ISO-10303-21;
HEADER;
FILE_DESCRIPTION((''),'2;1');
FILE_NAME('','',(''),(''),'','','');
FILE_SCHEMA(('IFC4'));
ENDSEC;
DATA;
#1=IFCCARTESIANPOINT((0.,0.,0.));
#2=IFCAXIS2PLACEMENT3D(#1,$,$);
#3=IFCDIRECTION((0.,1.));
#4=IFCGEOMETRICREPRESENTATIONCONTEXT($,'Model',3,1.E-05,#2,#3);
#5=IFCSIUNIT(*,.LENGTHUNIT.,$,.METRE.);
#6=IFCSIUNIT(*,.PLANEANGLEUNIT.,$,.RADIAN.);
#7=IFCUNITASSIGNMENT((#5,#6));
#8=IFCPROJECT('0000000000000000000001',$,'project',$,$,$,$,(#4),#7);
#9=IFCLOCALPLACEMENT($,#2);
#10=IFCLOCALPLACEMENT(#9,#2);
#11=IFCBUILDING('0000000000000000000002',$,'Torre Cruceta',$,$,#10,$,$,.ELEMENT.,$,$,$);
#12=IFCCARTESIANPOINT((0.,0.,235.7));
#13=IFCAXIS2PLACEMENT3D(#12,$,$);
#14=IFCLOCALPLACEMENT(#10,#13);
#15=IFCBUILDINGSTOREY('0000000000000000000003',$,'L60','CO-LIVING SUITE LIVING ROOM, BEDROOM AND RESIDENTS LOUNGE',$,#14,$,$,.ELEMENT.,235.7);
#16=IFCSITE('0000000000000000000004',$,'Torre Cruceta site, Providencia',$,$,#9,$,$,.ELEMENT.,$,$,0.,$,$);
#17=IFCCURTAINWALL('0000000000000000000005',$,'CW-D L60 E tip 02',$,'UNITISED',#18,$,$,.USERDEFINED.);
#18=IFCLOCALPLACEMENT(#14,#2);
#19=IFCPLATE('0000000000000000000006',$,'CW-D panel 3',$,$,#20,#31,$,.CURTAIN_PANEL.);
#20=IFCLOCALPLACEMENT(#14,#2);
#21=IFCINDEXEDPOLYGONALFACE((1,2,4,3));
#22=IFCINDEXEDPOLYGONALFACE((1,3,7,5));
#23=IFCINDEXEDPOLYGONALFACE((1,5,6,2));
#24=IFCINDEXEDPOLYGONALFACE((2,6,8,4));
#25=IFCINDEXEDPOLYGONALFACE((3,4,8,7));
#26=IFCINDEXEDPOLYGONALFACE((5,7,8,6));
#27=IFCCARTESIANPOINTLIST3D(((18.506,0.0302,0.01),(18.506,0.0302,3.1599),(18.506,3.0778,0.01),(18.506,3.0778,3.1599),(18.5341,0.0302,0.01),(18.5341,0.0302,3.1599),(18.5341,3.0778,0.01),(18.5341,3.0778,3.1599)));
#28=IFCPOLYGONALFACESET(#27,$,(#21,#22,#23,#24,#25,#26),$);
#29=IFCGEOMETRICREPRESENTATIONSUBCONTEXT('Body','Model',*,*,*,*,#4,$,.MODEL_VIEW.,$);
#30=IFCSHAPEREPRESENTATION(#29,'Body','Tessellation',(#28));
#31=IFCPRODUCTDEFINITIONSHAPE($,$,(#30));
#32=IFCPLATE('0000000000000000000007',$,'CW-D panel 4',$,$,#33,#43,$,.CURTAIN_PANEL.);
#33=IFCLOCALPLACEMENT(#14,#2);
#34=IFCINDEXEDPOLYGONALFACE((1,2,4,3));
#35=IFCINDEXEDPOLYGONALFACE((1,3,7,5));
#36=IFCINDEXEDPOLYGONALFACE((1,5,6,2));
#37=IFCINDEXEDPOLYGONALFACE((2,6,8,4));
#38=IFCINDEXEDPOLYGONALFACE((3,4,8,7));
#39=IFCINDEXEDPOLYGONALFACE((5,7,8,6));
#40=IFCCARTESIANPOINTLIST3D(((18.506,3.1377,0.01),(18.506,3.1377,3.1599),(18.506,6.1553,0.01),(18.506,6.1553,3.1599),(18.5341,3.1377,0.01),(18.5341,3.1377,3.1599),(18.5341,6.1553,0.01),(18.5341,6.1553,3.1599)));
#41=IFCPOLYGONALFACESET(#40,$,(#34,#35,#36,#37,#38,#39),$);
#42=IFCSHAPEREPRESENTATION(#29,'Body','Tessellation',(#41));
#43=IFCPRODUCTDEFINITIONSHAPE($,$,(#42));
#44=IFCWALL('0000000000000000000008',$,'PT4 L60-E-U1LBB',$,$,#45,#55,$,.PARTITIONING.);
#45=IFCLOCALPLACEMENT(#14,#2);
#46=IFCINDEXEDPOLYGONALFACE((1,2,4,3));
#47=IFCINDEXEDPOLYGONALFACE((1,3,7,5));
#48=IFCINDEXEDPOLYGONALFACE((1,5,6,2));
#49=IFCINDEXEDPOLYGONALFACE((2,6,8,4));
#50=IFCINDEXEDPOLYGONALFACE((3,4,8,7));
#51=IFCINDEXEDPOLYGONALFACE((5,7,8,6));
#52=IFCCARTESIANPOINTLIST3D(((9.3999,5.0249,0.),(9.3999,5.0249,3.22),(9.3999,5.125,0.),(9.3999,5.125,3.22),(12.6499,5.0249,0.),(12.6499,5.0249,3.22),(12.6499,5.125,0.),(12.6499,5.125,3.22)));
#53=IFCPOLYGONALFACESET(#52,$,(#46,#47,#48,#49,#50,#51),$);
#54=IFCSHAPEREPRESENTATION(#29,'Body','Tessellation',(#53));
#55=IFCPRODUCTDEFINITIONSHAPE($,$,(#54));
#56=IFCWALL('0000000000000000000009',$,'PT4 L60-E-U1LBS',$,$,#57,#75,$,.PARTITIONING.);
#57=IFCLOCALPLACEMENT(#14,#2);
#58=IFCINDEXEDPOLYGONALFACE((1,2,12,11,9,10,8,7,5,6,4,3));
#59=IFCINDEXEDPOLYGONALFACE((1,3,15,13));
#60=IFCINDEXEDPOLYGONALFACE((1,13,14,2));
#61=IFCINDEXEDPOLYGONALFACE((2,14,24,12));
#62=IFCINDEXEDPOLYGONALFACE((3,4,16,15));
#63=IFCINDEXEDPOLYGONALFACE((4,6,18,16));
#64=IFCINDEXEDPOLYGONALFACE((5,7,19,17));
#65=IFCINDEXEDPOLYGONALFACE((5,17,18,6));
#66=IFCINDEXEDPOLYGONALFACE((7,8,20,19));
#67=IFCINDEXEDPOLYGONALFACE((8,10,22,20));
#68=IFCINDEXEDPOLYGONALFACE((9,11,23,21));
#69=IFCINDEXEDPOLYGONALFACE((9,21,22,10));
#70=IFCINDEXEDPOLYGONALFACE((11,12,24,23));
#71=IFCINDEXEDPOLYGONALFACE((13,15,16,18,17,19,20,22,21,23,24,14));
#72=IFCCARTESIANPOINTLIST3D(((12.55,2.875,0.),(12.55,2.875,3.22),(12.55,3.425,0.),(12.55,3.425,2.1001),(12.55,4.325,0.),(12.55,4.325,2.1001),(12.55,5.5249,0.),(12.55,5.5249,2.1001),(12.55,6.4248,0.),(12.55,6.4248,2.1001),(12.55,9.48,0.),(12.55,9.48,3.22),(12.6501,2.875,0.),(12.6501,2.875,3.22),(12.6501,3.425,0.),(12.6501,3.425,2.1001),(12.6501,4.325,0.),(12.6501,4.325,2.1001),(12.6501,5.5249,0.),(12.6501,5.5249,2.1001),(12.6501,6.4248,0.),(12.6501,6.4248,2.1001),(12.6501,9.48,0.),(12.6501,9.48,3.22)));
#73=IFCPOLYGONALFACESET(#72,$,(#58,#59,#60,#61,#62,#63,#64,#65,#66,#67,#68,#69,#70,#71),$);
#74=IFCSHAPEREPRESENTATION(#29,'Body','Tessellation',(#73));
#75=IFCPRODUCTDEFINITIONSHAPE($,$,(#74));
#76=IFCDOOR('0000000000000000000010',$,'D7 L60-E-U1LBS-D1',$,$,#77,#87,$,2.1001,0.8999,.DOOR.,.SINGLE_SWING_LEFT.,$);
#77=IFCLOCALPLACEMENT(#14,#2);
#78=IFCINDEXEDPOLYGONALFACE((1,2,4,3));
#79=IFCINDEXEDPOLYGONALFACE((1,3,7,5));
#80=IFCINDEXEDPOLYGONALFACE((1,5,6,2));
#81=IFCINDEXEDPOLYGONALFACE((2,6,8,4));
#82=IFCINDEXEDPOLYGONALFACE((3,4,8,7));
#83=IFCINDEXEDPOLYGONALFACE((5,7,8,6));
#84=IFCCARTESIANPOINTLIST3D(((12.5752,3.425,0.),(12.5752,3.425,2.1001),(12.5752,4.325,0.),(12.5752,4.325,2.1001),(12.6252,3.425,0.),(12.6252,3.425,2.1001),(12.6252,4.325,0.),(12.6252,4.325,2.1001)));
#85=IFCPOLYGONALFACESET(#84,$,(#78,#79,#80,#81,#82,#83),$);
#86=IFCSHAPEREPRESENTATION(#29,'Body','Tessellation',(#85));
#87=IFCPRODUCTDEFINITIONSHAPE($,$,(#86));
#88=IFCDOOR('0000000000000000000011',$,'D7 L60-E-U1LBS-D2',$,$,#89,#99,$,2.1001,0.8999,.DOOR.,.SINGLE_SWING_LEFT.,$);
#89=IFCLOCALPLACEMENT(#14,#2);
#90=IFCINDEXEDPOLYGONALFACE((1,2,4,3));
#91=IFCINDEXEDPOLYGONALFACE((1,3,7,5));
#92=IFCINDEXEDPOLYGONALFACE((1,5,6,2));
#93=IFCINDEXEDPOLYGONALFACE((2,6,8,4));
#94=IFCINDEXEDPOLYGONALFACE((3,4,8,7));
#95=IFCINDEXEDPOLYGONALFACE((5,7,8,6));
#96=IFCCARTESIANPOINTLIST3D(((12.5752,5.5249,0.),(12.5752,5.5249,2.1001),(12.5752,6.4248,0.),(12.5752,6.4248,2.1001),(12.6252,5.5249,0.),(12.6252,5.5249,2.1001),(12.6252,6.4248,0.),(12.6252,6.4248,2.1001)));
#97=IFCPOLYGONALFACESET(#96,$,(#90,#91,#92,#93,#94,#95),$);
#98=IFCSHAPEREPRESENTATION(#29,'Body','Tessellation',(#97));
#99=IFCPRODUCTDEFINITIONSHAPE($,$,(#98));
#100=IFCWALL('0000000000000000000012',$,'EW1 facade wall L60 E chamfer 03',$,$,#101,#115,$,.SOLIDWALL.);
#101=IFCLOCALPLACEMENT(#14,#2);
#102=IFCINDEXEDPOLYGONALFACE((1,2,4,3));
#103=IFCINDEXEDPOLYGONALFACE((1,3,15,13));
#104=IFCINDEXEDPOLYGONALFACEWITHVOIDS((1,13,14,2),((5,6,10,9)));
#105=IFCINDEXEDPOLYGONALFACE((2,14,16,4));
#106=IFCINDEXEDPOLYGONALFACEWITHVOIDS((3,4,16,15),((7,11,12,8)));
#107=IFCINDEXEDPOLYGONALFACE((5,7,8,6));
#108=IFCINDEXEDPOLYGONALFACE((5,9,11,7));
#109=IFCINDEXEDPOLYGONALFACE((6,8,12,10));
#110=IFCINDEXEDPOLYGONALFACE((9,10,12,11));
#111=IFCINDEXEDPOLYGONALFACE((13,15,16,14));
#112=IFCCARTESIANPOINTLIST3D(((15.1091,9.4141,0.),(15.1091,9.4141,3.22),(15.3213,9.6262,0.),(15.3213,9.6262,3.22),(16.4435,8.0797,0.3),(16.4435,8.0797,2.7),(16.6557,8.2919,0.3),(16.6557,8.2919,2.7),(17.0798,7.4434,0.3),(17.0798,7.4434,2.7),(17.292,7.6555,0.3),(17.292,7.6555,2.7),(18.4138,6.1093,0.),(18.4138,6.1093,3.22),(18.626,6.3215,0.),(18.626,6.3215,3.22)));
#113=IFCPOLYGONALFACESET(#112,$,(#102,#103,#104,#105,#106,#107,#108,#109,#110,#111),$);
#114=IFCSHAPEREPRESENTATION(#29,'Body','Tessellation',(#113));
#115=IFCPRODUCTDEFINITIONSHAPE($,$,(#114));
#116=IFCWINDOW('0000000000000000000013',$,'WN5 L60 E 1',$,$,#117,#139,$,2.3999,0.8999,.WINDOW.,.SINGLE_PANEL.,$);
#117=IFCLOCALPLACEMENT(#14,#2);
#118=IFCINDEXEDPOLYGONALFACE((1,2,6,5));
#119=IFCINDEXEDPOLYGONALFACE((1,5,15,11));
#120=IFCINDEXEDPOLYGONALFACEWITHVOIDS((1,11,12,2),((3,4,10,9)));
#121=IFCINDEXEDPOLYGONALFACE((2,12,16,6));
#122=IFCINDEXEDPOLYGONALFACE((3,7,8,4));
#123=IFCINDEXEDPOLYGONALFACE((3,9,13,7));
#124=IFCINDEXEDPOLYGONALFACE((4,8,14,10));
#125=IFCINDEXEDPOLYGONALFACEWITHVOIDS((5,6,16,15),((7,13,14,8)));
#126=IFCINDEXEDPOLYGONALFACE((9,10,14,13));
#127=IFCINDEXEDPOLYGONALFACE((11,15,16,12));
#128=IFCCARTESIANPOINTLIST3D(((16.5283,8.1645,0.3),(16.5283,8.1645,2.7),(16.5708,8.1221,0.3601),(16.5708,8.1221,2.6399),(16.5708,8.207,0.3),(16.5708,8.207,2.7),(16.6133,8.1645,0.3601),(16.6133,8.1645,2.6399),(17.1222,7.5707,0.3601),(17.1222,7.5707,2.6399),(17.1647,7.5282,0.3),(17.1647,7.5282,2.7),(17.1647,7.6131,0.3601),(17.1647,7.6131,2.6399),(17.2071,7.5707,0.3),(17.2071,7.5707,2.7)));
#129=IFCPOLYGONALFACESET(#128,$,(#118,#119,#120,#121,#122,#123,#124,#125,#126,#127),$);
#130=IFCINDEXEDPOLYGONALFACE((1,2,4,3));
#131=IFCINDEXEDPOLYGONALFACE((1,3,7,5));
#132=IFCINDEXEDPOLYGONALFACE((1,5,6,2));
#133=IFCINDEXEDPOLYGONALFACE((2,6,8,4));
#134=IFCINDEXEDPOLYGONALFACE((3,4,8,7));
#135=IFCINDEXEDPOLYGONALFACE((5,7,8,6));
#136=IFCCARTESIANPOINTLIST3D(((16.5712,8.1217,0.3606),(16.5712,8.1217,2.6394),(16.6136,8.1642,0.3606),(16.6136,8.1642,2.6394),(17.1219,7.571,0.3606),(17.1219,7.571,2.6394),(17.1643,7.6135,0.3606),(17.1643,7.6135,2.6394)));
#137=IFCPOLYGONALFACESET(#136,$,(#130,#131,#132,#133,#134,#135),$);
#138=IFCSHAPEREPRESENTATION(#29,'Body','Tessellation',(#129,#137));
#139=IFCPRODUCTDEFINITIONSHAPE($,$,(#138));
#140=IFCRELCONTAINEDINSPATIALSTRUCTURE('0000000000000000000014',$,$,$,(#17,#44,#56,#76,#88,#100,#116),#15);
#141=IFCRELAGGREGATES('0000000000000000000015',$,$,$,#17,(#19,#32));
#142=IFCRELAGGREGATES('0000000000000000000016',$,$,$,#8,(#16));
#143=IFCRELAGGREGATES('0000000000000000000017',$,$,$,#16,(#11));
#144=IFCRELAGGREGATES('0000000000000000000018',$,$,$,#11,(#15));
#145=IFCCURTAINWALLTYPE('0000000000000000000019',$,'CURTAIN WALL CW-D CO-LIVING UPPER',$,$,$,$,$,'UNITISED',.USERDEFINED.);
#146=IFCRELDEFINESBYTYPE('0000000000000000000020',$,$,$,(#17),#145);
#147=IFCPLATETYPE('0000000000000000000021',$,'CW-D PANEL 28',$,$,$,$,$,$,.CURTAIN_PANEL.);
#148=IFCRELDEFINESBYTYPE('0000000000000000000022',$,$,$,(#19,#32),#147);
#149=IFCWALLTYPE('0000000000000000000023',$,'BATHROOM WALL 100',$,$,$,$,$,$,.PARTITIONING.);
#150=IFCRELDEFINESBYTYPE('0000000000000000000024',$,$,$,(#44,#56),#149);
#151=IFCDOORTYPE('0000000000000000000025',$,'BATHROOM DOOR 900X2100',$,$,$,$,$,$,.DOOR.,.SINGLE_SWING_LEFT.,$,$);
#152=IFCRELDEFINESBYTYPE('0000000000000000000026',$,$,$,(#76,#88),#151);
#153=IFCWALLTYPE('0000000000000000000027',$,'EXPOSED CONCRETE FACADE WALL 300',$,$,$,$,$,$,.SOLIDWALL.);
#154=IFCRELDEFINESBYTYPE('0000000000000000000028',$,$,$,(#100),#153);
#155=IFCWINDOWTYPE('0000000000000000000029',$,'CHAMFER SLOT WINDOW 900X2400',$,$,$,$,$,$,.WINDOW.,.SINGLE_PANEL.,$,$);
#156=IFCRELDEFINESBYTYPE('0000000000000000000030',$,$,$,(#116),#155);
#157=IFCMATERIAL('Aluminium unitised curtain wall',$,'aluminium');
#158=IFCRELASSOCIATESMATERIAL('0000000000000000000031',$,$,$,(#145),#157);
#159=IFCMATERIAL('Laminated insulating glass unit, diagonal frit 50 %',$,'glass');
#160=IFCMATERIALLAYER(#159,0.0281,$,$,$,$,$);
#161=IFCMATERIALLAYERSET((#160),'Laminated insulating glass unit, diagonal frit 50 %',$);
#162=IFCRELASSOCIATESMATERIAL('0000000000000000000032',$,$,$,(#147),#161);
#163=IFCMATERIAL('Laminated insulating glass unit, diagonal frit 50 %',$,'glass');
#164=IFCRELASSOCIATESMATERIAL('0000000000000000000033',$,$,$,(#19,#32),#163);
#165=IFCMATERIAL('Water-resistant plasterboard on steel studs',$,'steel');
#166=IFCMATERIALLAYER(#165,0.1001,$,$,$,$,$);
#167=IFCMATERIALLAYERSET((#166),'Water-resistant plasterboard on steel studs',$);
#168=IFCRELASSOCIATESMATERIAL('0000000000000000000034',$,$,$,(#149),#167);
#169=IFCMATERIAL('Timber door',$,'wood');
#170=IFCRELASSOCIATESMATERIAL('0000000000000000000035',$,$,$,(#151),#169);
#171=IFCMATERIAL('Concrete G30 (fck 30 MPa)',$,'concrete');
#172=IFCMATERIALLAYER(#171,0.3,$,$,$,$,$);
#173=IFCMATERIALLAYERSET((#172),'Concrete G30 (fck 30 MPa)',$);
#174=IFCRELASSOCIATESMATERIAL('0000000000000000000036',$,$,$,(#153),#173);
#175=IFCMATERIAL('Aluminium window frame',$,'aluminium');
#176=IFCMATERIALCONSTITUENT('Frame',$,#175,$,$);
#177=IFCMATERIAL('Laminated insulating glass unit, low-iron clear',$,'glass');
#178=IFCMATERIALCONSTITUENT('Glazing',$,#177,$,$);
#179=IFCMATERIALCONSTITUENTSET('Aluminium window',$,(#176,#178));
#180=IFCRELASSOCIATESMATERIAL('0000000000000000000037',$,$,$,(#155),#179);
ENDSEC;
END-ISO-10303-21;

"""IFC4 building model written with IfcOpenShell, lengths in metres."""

from ifc_helpers import new_model, si_unit, direction, frame, frame_2d, origin, origin_2d, place, context, subcontext, project, spatial, rectangle, hollow_rectangle, extrude, material, layer, layer_set, constituent, constituent_set, type_object, element, fill, aggregate, save


model = new_model("IFC4")

# Units and contexts
model_context = context("Model", 3, precision=1e-05, world=origin(), true_north=direction((0.0, 1.0)))
body_context = subcontext(model_context, "Body", "Model", "MODEL_VIEW")
ifc_project = project(units=[si_unit("LENGTHUNIT", "METRE"), si_unit("PLANEANGLEUNIT", "RADIAN")], contexts=[model_context])

# Site, building, storey
site_placement = place(None, origin())
site = spatial("IfcSite", under=ifc_project, at=site_placement, Name="Torre Cruceta site, Providencia", CompositionType="ELEMENT", RefElevation=0.0)
building_placement = place(site_placement, origin())
building = spatial("IfcBuilding", under=site, at=building_placement, Name="Torre Cruceta", CompositionType="ELEMENT")
storey_placement = place(building_placement, frame((0.0, 0.0, 235.7)))
storey = spatial("IfcBuildingStorey", under=building, at=storey_placement, Name="L60", Description="CO-LIVING SUITE LIVING ROOM, BEDROOM AND RESIDENTS LOUNGE", CompositionType="ELEMENT", Elevation=235.7)

# Curtain wall
ifc_material_1 = material(Name="Aluminium unitised curtain wall", Category="aluminium")
curtain_wall_type = type_object("IfcCurtainWallType", Name="CURTAIN WALL CW-D CO-LIVING UPPER", ElementType="UNITISED", PredefinedType="USERDEFINED", material=ifc_material_1)
curtain_wall_placement = place(storey_placement, origin())
curtain_wall = element("IfcCurtainWall", 1, at=curtain_wall_placement, inside=storey, type_object=curtain_wall_type, Name="CW-D L60 E tip 02", ObjectType="UNITISED", PredefinedType="USERDEFINED")

# Plates
ifc_material_2 = material(Name="Laminated insulating glass unit, diagonal frit 50 %", Category="glass")
ifc_material_3 = material(Name="Laminated insulating glass unit, diagonal frit 50 %", Category="glass")
ifc_layer_1 = layer(ifc_material_3, 0.0281)
ifc_layer_set_1 = layer_set([ifc_layer_1], Name="Laminated insulating glass unit, diagonal frit 50 %")
plate_type = type_object("IfcPlateType", Name="CW-D PANEL 28", PredefinedType="CURTAIN_PANEL", material=ifc_layer_set_1)
plate_1_placement = place(storey_placement, frame((18.52, 1.554, 0.01), z_axis=(0.0, 0.0, 1.0), x_axis=(0.0, 1.0, 0.0)))
plate_1 = element("IfcPlate", 2, at=plate_1_placement, type_object=plate_type, material=ifc_material_2, Name="CW-D panel 3", PredefinedType="CURTAIN_PANEL", context=body_context, shape_type="SweptSolid", body=[
    extrude(rectangle(XDim=3.0476, YDim=0.0281, at=origin_2d()), origin(), (0.0, 0.0, 1.0), 3.1499),
])
plate_2_placement = place(storey_placement, frame((18.52, 4.6465, 0.01), z_axis=(0.0, 0.0, 1.0), x_axis=(0.0, 1.0, 0.0)))
plate_2 = element("IfcPlate", 3, at=plate_2_placement, type_object=plate_type, material=ifc_material_2, Name="CW-D panel 4", PredefinedType="CURTAIN_PANEL", context=body_context, shape_type="SweptSolid", body=[
    extrude(rectangle(XDim=3.0176, YDim=0.0281, at=origin_2d()), origin(), (0.0, 0.0, 1.0), 3.1499),
])
aggregate(curtain_wall, [plate_1, plate_2])

# Wall
ifc_material_4 = material(Name="Water-resistant plasterboard on steel studs", Category="steel")
ifc_layer_2 = layer(ifc_material_4, 0.1001)
ifc_layer_set_2 = layer_set([ifc_layer_2], Name="Water-resistant plasterboard on steel studs")
wall_type_1 = type_object("IfcWallType", Name="BATHROOM WALL 100", PredefinedType="PARTITIONING", material=ifc_layer_set_2)
wall_1_placement = place(storey_placement, frame((9.3999, 5.075, 0.0), z_axis=(0.0, 0.0, 1.0), x_axis=(1.0, 0.0, 0.0)))
element("IfcWall", 4, at=wall_1_placement, inside=storey, type_object=wall_type_1, Name="PT4 L60-E-U1LBB", PredefinedType="PARTITIONING", context=body_context, shape_type="SweptSolid", body=[
    extrude(rectangle(XDim=3.25, YDim=0.1001, at=frame_2d((1.625, 0.0))), origin(), (0.0, 0.0, 1.0), 3.22),
])

# Wall, openings, doors
wall_2_placement = place(storey_placement, frame((12.6001, 2.875, 0.0), z_axis=(0.0, 0.0, 1.0), x_axis=(0.0, 1.0, 0.0)))
wall_2 = element("IfcWall", 5, at=wall_2_placement, inside=storey, type_object=wall_type_1, Name="PT4 L60-E-U1LBS", PredefinedType="PARTITIONING", context=body_context, shape_type="SweptSolid", body=[
    extrude(rectangle(XDim=6.605, YDim=0.1001, at=frame_2d((3.3025, 0.0))), origin(), (0.0, 0.0, 1.0), 3.22),
])
opening_1_placement = place(wall_2_placement, frame((0.55, 0.0, 0.0)))
opening_1 = element("IfcOpeningElement", 6, at=opening_1_placement, cuts=wall_2, PredefinedType="OPENING", context=body_context, shape_type="SweptSolid", body=[
    extrude(rectangle(XDim=0.8999, YDim=2.1001, at=frame_2d((0.45, 1.05))), frame((0.0, 0.0601, 0.0), z_axis=(0.0, -1.0, 0.0), x_axis=(1.0, 0.0, 0.0)), (0.0, 0.0, 1.0), 0.1201),
])
opening_2_placement = place(wall_2_placement, frame((2.6499, 0.0, 0.0)))
opening_2 = element("IfcOpeningElement", 7, at=opening_2_placement, cuts=wall_2, PredefinedType="OPENING", context=body_context, shape_type="SweptSolid", body=[
    extrude(rectangle(XDim=0.8999, YDim=2.1001, at=frame_2d((0.45, 1.05))), frame((0.0, 0.0601, 0.0), z_axis=(0.0, -1.0, 0.0), x_axis=(1.0, 0.0, 0.0)), (0.0, 0.0, 1.0), 0.1201),
])
ifc_material_5 = material(Name="Timber door", Category="wood")
door_type_1 = type_object("IfcDoorType", Name="BATHROOM DOOR 900X2100", OperationType="SINGLE_SWING_LEFT", PredefinedType="DOOR", material=ifc_material_5)
door_1_placement = place(opening_1_placement, origin())
door_1 = element("IfcDoor", 8, at=door_1_placement, inside=storey, type_object=door_type_1, Name="D7 L60-E-U1LBS-D1", OperationType="SINGLE_SWING_LEFT", OverallHeight=2.1001, OverallWidth=0.8999, PredefinedType="DOOR", context=body_context, shape_type="SweptSolid", body=[
    extrude(rectangle(XDim=0.8999, YDim=2.1001, at=frame_2d((0.45, 1.05))), frame((0.0, 0.0249, 0.0), z_axis=(0.0, -1.0, 0.0), x_axis=(1.0, 0.0, 0.0)), (0.0, 0.0, 1.0), 0.05),
])
fill(opening_1, door_1)
door_2_placement = place(opening_2_placement, origin())
door_2 = element("IfcDoor", 9, at=door_2_placement, inside=storey, type_object=door_type_1, Name="D7 L60-E-U1LBS-D2", OperationType="SINGLE_SWING_LEFT", OverallHeight=2.1001, OverallWidth=0.8999, PredefinedType="DOOR", context=body_context, shape_type="SweptSolid", body=[
    extrude(rectangle(XDim=0.8999, YDim=2.1001, at=frame_2d((0.45, 1.05))), frame((0.0, 0.0249, 0.0), z_axis=(0.0, -1.0, 0.0), x_axis=(1.0, 0.0, 0.0)), (0.0, 0.0, 1.0), 0.05),
])
fill(opening_2, door_2)

# Wall, opening, window
ifc_material_6 = material(Name="Concrete G30 (fck 30 MPa)", Category="concrete")
ifc_layer_3 = layer(ifc_material_6, 0.3)
ifc_layer_set_3 = layer_set([ifc_layer_3], Name="Concrete G30 (fck 30 MPa)")
wall_type_2 = type_object("IfcWallType", Name="EXPOSED CONCRETE FACADE WALL 300", PredefinedType="SOLIDWALL", material=ifc_layer_set_3)
wall_3_placement = place(storey_placement, frame((18.52, 6.2153, 0.0), z_axis=(0.0, 0.0, 1.0), x_axis=(-0.707107, 0.707107, 0.0)))
wall_3 = element("IfcWall", 10, at=wall_3_placement, inside=storey, type_object=wall_type_2, Name="EW1 facade wall L60 E chamfer 03", PredefinedType="SOLIDWALL", context=body_context, shape_type="SweptSolid", body=[
    extrude(rectangle(XDim=4.6736, YDim=0.3, at=frame_2d((2.3369, 0.0))), origin(), (0.0, 0.0, 1.0), 3.22),
])
opening_3_placement = place(wall_3_placement, frame((1.8867, 0.0, 0.3)))
opening_3 = element("IfcOpeningElement", 11, at=opening_3_placement, cuts=wall_3, PredefinedType="OPENING", context=body_context, shape_type="SweptSolid", body=[
    extrude(rectangle(XDim=0.8999, YDim=2.3999, at=frame_2d((0.45, 1.2))), frame((0.0, 0.1599, 0.0), z_axis=(0.0, -1.0, 0.0), x_axis=(1.0, 0.0, 0.0)), (0.0, 0.0, 1.0), 0.3201),
])
ifc_material_7 = material(Name="Aluminium window frame", Category="aluminium")
ifc_constituent_1 = constituent(ifc_material_7, Name="Frame")
ifc_material_8 = material(Name="Laminated insulating glass unit, low-iron clear", Category="glass")
ifc_constituent_2 = constituent(ifc_material_8, Name="Glazing")
ifc_constituent_set_1 = constituent_set(constituents=[ifc_constituent_1, ifc_constituent_2], Name="Aluminium window")
window_type = type_object("IfcWindowType", Name="CHAMFER SLOT WINDOW 900X2400", PartitioningType="SINGLE_PANEL", PredefinedType="WINDOW", material=ifc_constituent_set_1)
window_placement = place(opening_3_placement, origin())
window = element("IfcWindow", 12, at=window_placement, inside=storey, type_object=window_type, Name="WN5 L60 E 1", OverallHeight=2.3999, OverallWidth=0.8999, PartitioningType="SINGLE_PANEL", PredefinedType="WINDOW", context=body_context, shape_type="SweptSolid", body=[
    extrude(hollow_rectangle(XDim=0.8999, YDim=2.3999, WallThickness=0.0601, at=frame_2d((0.45, 1.2))), frame((0.0, 0.03, 0.0), z_axis=(0.0, -1.0, 0.0), x_axis=(1.0, 0.0, 0.0)), (0.0, 0.0, 1.0), 0.0601),
    extrude(rectangle(XDim=0.7788, YDim=2.2788, at=frame_2d((0.45, 1.2))), frame((0.0, 0.03, 0.0), z_axis=(0.0, -1.0, 0.0), x_axis=(1.0, 0.0, 0.0)), (0.0, 0.0, 1.0), 0.0601),
])
fill(opening_3, window)

save(model, "model.ifc")
